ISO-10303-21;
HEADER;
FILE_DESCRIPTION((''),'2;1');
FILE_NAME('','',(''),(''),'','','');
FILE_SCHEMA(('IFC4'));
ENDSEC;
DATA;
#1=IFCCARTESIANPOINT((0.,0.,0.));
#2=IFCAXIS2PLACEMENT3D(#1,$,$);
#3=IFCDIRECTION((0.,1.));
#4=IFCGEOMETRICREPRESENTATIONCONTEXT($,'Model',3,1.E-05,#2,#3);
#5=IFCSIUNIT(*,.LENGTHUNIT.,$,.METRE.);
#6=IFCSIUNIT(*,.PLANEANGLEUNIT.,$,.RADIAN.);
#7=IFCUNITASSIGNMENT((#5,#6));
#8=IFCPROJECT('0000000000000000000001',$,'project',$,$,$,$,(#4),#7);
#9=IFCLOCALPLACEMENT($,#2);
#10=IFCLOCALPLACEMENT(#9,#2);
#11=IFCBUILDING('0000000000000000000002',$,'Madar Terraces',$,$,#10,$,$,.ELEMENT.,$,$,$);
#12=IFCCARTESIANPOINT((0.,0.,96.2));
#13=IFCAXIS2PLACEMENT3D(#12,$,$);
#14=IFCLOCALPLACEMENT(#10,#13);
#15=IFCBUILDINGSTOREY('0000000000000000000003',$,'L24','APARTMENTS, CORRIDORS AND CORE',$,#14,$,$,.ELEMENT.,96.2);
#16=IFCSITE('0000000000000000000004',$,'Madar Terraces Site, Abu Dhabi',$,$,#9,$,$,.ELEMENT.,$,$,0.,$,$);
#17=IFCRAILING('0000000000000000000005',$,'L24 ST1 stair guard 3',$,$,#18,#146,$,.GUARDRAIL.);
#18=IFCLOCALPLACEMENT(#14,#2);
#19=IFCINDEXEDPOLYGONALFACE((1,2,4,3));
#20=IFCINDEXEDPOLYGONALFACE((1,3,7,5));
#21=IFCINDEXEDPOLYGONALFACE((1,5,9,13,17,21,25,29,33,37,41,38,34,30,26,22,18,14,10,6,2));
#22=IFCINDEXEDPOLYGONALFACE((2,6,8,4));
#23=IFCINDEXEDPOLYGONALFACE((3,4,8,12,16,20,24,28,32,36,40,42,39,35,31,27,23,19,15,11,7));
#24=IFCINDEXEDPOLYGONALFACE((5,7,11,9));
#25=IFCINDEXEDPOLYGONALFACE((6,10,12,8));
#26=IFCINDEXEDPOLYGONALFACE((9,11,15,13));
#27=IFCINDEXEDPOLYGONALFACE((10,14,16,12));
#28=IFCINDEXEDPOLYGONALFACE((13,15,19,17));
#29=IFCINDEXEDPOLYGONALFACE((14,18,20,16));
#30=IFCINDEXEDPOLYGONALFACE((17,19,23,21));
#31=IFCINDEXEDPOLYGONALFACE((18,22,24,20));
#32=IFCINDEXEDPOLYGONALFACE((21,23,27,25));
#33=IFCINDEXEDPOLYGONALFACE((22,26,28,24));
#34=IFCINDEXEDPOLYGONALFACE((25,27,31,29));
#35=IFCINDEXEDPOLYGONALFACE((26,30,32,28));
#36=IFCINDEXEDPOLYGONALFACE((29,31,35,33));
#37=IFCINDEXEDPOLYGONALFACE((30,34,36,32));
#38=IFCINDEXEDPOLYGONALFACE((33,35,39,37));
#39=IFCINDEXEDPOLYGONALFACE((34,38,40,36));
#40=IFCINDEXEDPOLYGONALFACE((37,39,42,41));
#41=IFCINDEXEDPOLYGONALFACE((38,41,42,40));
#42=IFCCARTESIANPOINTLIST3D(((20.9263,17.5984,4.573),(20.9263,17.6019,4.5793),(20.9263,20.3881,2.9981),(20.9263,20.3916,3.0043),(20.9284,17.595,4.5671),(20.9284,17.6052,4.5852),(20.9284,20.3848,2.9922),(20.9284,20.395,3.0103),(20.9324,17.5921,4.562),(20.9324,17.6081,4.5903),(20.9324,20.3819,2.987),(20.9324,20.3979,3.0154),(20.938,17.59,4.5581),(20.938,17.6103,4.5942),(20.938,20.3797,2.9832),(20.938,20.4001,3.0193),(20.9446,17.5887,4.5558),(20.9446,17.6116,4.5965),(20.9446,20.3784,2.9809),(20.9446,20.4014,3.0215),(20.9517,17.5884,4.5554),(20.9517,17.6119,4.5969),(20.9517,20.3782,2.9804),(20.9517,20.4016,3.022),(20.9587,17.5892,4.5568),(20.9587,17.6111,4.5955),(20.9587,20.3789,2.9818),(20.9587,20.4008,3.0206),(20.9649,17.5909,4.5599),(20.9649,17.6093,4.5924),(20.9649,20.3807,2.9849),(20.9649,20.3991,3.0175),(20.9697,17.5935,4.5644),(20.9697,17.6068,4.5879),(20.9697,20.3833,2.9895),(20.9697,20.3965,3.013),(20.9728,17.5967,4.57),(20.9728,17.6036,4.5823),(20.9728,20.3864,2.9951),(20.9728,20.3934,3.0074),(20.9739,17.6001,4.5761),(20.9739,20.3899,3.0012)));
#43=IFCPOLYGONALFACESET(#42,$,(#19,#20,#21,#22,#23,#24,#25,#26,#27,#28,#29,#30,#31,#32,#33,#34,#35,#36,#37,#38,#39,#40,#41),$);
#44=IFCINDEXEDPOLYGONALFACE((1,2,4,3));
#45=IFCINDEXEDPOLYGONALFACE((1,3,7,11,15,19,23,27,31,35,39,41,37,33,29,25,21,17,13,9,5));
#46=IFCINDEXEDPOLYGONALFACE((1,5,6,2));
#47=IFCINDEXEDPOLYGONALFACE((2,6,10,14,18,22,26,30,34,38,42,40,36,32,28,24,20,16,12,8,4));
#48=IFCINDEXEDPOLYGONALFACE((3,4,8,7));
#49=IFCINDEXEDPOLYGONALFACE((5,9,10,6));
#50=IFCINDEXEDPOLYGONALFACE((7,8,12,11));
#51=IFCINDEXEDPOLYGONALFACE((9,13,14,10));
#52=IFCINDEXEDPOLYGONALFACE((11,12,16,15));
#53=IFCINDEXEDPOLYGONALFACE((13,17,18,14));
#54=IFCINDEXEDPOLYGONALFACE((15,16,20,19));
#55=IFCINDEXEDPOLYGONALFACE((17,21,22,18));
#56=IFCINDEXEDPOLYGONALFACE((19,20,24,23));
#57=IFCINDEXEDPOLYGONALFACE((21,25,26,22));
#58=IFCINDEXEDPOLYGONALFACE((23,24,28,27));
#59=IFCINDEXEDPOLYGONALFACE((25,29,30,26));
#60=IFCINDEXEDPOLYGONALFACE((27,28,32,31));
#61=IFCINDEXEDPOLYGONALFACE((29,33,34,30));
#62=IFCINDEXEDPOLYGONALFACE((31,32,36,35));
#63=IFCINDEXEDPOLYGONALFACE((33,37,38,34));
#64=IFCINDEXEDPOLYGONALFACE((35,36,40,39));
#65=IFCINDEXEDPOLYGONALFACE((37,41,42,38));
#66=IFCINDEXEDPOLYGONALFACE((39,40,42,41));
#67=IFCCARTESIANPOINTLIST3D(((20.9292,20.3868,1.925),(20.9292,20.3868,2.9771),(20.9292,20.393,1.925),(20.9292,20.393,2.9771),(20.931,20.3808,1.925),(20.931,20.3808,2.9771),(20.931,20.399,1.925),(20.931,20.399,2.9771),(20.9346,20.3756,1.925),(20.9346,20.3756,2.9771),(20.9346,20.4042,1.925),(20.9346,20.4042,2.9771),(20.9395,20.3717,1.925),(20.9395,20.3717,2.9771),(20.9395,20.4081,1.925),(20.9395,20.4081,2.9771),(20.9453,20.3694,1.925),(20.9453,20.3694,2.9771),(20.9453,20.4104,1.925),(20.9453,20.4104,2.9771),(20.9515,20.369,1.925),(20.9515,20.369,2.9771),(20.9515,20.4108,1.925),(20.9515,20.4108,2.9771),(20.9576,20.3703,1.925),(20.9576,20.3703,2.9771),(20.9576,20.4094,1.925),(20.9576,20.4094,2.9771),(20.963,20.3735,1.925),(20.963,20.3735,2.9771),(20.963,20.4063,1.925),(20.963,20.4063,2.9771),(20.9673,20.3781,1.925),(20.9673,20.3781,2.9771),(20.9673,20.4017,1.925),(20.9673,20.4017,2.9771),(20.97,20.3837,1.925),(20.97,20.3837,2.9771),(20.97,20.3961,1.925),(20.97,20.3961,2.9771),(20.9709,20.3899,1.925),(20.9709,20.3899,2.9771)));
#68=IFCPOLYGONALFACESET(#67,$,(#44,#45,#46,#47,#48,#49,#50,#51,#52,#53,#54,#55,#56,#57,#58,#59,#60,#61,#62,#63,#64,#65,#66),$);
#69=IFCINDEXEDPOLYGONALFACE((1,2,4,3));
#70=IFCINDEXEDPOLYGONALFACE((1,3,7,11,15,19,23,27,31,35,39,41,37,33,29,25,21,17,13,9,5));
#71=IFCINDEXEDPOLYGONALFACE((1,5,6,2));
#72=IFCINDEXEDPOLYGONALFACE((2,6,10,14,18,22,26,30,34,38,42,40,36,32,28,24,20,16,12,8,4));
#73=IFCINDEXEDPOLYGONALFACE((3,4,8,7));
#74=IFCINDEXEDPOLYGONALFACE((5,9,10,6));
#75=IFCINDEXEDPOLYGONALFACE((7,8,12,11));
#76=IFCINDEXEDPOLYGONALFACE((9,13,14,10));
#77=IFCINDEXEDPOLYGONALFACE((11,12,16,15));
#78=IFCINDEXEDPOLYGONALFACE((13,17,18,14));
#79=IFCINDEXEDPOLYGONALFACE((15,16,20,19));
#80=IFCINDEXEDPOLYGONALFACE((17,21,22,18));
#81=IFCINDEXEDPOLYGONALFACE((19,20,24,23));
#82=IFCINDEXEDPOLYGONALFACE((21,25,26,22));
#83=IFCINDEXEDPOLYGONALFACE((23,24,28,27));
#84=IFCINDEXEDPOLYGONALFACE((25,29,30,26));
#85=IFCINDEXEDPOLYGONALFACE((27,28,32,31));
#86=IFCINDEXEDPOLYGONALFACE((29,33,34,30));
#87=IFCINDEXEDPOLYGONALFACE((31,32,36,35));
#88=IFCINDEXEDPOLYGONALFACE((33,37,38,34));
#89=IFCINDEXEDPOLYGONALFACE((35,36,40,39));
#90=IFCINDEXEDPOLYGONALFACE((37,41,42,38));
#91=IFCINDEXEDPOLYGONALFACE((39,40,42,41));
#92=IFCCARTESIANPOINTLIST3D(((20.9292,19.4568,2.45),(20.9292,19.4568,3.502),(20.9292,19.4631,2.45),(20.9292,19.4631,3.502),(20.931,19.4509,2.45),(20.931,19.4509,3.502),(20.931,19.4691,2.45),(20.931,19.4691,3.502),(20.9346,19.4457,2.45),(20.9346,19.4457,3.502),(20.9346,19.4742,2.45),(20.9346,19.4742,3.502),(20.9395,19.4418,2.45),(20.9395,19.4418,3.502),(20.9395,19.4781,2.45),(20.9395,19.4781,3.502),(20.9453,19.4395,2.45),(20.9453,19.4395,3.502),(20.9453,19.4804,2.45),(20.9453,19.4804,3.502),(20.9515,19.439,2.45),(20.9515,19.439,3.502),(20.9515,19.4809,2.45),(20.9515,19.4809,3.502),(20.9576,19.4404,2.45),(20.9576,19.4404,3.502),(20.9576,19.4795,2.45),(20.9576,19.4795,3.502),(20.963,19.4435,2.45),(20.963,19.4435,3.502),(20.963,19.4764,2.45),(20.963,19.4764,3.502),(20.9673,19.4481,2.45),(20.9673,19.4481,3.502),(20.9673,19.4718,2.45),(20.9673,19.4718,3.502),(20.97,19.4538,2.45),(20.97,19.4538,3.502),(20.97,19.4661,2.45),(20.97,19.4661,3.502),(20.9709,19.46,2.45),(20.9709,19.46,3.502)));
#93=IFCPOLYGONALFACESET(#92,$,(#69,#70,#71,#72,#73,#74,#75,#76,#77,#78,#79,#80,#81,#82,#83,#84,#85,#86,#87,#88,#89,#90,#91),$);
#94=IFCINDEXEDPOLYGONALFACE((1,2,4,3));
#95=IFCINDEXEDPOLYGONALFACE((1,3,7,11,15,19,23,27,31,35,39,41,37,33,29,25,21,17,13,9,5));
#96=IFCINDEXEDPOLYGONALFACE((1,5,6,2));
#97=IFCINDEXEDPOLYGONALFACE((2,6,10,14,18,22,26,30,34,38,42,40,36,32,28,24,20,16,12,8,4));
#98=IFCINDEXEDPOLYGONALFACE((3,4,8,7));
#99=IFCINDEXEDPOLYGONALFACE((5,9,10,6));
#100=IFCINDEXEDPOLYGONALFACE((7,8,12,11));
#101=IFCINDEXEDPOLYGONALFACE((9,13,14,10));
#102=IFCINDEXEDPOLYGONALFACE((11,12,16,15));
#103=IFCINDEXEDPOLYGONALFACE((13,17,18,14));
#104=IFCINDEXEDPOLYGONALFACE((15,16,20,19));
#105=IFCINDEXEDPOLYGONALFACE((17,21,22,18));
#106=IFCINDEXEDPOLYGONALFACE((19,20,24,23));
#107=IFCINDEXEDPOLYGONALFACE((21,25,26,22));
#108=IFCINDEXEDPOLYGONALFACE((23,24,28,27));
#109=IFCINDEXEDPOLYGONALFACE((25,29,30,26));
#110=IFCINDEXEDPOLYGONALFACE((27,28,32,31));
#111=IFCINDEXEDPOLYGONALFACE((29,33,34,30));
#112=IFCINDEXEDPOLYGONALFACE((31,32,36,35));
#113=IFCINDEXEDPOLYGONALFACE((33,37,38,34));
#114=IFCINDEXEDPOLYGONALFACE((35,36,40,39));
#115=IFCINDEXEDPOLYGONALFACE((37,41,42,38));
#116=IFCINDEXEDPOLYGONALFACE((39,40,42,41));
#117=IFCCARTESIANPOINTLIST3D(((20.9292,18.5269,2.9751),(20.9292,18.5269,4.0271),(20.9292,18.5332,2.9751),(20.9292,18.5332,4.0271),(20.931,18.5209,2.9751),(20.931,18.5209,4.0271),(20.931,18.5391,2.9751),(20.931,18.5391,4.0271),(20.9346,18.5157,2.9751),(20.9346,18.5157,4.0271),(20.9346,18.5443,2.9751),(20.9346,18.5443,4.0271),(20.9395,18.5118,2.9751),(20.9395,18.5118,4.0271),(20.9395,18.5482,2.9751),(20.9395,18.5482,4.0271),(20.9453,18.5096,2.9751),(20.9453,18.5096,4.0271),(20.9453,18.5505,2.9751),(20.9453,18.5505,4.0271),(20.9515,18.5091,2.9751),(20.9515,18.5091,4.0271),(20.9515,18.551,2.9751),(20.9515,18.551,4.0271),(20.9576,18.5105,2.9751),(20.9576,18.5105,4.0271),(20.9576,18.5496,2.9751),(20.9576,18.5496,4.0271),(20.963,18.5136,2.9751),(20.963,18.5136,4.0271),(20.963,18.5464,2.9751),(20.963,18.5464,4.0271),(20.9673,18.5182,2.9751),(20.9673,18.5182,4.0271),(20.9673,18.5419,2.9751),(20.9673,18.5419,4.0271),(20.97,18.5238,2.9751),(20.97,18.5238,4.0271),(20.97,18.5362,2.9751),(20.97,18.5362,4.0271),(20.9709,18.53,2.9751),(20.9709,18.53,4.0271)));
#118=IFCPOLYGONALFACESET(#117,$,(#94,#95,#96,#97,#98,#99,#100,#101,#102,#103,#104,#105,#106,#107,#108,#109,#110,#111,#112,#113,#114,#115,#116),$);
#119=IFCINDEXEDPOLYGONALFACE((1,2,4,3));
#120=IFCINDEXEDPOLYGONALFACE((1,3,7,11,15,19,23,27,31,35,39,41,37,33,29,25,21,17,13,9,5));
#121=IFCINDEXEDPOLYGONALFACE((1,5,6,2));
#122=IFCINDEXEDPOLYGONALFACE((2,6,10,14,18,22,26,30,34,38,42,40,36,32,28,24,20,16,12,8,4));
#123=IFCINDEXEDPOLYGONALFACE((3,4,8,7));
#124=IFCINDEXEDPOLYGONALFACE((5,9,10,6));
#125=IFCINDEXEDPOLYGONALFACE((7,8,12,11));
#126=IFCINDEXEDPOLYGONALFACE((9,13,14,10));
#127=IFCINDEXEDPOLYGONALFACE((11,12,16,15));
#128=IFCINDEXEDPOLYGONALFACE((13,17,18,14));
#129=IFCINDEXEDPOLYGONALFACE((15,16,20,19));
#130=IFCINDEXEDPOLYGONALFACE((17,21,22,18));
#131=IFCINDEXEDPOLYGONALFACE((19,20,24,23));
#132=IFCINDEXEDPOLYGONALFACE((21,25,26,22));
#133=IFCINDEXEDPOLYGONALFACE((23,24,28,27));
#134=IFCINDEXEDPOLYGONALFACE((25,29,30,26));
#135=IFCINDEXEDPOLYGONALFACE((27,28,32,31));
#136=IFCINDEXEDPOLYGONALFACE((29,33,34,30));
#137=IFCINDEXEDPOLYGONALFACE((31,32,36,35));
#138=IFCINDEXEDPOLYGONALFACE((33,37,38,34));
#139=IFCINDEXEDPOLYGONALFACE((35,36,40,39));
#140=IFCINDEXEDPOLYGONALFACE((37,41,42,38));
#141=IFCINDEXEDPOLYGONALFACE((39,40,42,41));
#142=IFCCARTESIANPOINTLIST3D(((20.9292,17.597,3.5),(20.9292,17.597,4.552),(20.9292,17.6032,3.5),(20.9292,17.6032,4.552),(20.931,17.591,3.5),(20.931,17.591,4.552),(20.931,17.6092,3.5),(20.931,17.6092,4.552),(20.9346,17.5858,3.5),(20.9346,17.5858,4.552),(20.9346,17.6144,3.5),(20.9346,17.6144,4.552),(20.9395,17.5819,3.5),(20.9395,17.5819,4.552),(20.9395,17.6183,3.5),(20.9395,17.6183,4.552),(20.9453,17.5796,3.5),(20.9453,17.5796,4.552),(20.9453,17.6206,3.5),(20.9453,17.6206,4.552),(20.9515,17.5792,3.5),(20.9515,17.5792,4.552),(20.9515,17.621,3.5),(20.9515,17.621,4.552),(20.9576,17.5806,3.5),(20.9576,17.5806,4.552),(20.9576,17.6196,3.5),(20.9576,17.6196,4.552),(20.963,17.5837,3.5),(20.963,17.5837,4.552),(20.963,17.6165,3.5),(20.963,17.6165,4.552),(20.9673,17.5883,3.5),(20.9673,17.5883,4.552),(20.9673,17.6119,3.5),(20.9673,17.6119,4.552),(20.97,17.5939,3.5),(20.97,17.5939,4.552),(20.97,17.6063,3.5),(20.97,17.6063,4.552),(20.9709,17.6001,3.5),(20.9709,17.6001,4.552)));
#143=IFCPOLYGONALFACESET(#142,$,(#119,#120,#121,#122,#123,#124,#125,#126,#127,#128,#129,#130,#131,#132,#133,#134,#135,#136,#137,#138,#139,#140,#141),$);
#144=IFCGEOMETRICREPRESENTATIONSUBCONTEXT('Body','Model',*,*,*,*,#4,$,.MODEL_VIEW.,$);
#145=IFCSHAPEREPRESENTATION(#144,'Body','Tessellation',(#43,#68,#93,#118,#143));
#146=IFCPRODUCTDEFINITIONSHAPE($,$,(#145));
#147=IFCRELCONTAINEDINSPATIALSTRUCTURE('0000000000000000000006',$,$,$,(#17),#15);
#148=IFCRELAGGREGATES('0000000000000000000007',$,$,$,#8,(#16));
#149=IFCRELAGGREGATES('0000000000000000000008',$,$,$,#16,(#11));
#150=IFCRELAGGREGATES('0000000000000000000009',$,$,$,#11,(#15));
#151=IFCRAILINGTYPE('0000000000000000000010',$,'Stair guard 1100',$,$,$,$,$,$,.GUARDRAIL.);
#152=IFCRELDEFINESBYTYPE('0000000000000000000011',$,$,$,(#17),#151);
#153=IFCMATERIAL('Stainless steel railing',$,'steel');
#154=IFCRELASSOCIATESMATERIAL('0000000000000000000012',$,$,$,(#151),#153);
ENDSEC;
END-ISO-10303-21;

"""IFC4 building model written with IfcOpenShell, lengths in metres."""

from ifc_helpers import new_model, si_unit, direction, frame, origin, origin_2d, place, context, subcontext, project, spatial, circle, extrude, material, type_object, element, save


model = new_model("IFC4")

# Units and contexts
model_context = context("Model", 3, precision=1e-05, world=origin(), true_north=direction((0.0, 1.0)))
body_context = subcontext(model_context, "Body", "Model", "MODEL_VIEW")
ifc_project = project(units=[si_unit("LENGTHUNIT", "METRE"), si_unit("PLANEANGLEUNIT", "RADIAN")], contexts=[model_context])

# Site, building, storey
site_placement = place(None, origin())
site = spatial("IfcSite", under=ifc_project, at=site_placement, Name="Madar Terraces Site, Abu Dhabi", CompositionType="ELEMENT", RefElevation=0.0)
building_placement = place(site_placement, origin())
building = spatial("IfcBuilding", under=site, at=building_placement, Name="Madar Terraces", CompositionType="ELEMENT")
storey_placement = place(building_placement, frame((0.0, 0.0, 96.2)))
storey = spatial("IfcBuildingStorey", under=building, at=storey_placement, Name="L24", Description="APARTMENTS, CORRIDORS AND CORE", CompositionType="ELEMENT", Elevation=96.2)

# Railing
ifc_material_1 = material(Name="Stainless steel railing", Category="steel")
railing_type_1 = type_object("IfcRailingType", Name="Stair guard 1100", PredefinedType="GUARDRAIL", material=ifc_material_1)
railing_1_placement = place(storey_placement, frame((20.95, 20.3899, 1.925)))
element("IfcRailing", 1, at=railing_1_placement, inside=storey, type_object=railing_type_1, Name="L24 ST1 stair guard 3", PredefinedType="GUARDRAIL", context=body_context, shape_type="SweptSolid", body=[
    extrude(circle(Radius=0.0239, at=origin_2d()), frame((0.0, 0.0, 1.0762), z_axis=(0.0, -0.870815, 0.49161), x_axis=(1.0, 0.0, 0.0)), (0.0, 0.0, 1.0), 3.2036),
    extrude(circle(Radius=0.021, at=origin_2d()), origin(), (0.0, 0.0, 1.0), 1.052),
    extrude(circle(Radius=0.021, at=origin_2d()), frame((0.0, -0.9299, 0.5249)), (0.0, 0.0, 1.0), 1.052),
    extrude(circle(Radius=0.021, at=origin_2d()), frame((0.0, -1.8599, 1.05)), (0.0, 0.0, 1.0), 1.052),
    extrude(circle(Radius=0.021, at=origin_2d()), frame((0.0, -2.7898, 1.575)), (0.0, 0.0, 1.0), 1.052),
])

save(model, "model.ifc")
